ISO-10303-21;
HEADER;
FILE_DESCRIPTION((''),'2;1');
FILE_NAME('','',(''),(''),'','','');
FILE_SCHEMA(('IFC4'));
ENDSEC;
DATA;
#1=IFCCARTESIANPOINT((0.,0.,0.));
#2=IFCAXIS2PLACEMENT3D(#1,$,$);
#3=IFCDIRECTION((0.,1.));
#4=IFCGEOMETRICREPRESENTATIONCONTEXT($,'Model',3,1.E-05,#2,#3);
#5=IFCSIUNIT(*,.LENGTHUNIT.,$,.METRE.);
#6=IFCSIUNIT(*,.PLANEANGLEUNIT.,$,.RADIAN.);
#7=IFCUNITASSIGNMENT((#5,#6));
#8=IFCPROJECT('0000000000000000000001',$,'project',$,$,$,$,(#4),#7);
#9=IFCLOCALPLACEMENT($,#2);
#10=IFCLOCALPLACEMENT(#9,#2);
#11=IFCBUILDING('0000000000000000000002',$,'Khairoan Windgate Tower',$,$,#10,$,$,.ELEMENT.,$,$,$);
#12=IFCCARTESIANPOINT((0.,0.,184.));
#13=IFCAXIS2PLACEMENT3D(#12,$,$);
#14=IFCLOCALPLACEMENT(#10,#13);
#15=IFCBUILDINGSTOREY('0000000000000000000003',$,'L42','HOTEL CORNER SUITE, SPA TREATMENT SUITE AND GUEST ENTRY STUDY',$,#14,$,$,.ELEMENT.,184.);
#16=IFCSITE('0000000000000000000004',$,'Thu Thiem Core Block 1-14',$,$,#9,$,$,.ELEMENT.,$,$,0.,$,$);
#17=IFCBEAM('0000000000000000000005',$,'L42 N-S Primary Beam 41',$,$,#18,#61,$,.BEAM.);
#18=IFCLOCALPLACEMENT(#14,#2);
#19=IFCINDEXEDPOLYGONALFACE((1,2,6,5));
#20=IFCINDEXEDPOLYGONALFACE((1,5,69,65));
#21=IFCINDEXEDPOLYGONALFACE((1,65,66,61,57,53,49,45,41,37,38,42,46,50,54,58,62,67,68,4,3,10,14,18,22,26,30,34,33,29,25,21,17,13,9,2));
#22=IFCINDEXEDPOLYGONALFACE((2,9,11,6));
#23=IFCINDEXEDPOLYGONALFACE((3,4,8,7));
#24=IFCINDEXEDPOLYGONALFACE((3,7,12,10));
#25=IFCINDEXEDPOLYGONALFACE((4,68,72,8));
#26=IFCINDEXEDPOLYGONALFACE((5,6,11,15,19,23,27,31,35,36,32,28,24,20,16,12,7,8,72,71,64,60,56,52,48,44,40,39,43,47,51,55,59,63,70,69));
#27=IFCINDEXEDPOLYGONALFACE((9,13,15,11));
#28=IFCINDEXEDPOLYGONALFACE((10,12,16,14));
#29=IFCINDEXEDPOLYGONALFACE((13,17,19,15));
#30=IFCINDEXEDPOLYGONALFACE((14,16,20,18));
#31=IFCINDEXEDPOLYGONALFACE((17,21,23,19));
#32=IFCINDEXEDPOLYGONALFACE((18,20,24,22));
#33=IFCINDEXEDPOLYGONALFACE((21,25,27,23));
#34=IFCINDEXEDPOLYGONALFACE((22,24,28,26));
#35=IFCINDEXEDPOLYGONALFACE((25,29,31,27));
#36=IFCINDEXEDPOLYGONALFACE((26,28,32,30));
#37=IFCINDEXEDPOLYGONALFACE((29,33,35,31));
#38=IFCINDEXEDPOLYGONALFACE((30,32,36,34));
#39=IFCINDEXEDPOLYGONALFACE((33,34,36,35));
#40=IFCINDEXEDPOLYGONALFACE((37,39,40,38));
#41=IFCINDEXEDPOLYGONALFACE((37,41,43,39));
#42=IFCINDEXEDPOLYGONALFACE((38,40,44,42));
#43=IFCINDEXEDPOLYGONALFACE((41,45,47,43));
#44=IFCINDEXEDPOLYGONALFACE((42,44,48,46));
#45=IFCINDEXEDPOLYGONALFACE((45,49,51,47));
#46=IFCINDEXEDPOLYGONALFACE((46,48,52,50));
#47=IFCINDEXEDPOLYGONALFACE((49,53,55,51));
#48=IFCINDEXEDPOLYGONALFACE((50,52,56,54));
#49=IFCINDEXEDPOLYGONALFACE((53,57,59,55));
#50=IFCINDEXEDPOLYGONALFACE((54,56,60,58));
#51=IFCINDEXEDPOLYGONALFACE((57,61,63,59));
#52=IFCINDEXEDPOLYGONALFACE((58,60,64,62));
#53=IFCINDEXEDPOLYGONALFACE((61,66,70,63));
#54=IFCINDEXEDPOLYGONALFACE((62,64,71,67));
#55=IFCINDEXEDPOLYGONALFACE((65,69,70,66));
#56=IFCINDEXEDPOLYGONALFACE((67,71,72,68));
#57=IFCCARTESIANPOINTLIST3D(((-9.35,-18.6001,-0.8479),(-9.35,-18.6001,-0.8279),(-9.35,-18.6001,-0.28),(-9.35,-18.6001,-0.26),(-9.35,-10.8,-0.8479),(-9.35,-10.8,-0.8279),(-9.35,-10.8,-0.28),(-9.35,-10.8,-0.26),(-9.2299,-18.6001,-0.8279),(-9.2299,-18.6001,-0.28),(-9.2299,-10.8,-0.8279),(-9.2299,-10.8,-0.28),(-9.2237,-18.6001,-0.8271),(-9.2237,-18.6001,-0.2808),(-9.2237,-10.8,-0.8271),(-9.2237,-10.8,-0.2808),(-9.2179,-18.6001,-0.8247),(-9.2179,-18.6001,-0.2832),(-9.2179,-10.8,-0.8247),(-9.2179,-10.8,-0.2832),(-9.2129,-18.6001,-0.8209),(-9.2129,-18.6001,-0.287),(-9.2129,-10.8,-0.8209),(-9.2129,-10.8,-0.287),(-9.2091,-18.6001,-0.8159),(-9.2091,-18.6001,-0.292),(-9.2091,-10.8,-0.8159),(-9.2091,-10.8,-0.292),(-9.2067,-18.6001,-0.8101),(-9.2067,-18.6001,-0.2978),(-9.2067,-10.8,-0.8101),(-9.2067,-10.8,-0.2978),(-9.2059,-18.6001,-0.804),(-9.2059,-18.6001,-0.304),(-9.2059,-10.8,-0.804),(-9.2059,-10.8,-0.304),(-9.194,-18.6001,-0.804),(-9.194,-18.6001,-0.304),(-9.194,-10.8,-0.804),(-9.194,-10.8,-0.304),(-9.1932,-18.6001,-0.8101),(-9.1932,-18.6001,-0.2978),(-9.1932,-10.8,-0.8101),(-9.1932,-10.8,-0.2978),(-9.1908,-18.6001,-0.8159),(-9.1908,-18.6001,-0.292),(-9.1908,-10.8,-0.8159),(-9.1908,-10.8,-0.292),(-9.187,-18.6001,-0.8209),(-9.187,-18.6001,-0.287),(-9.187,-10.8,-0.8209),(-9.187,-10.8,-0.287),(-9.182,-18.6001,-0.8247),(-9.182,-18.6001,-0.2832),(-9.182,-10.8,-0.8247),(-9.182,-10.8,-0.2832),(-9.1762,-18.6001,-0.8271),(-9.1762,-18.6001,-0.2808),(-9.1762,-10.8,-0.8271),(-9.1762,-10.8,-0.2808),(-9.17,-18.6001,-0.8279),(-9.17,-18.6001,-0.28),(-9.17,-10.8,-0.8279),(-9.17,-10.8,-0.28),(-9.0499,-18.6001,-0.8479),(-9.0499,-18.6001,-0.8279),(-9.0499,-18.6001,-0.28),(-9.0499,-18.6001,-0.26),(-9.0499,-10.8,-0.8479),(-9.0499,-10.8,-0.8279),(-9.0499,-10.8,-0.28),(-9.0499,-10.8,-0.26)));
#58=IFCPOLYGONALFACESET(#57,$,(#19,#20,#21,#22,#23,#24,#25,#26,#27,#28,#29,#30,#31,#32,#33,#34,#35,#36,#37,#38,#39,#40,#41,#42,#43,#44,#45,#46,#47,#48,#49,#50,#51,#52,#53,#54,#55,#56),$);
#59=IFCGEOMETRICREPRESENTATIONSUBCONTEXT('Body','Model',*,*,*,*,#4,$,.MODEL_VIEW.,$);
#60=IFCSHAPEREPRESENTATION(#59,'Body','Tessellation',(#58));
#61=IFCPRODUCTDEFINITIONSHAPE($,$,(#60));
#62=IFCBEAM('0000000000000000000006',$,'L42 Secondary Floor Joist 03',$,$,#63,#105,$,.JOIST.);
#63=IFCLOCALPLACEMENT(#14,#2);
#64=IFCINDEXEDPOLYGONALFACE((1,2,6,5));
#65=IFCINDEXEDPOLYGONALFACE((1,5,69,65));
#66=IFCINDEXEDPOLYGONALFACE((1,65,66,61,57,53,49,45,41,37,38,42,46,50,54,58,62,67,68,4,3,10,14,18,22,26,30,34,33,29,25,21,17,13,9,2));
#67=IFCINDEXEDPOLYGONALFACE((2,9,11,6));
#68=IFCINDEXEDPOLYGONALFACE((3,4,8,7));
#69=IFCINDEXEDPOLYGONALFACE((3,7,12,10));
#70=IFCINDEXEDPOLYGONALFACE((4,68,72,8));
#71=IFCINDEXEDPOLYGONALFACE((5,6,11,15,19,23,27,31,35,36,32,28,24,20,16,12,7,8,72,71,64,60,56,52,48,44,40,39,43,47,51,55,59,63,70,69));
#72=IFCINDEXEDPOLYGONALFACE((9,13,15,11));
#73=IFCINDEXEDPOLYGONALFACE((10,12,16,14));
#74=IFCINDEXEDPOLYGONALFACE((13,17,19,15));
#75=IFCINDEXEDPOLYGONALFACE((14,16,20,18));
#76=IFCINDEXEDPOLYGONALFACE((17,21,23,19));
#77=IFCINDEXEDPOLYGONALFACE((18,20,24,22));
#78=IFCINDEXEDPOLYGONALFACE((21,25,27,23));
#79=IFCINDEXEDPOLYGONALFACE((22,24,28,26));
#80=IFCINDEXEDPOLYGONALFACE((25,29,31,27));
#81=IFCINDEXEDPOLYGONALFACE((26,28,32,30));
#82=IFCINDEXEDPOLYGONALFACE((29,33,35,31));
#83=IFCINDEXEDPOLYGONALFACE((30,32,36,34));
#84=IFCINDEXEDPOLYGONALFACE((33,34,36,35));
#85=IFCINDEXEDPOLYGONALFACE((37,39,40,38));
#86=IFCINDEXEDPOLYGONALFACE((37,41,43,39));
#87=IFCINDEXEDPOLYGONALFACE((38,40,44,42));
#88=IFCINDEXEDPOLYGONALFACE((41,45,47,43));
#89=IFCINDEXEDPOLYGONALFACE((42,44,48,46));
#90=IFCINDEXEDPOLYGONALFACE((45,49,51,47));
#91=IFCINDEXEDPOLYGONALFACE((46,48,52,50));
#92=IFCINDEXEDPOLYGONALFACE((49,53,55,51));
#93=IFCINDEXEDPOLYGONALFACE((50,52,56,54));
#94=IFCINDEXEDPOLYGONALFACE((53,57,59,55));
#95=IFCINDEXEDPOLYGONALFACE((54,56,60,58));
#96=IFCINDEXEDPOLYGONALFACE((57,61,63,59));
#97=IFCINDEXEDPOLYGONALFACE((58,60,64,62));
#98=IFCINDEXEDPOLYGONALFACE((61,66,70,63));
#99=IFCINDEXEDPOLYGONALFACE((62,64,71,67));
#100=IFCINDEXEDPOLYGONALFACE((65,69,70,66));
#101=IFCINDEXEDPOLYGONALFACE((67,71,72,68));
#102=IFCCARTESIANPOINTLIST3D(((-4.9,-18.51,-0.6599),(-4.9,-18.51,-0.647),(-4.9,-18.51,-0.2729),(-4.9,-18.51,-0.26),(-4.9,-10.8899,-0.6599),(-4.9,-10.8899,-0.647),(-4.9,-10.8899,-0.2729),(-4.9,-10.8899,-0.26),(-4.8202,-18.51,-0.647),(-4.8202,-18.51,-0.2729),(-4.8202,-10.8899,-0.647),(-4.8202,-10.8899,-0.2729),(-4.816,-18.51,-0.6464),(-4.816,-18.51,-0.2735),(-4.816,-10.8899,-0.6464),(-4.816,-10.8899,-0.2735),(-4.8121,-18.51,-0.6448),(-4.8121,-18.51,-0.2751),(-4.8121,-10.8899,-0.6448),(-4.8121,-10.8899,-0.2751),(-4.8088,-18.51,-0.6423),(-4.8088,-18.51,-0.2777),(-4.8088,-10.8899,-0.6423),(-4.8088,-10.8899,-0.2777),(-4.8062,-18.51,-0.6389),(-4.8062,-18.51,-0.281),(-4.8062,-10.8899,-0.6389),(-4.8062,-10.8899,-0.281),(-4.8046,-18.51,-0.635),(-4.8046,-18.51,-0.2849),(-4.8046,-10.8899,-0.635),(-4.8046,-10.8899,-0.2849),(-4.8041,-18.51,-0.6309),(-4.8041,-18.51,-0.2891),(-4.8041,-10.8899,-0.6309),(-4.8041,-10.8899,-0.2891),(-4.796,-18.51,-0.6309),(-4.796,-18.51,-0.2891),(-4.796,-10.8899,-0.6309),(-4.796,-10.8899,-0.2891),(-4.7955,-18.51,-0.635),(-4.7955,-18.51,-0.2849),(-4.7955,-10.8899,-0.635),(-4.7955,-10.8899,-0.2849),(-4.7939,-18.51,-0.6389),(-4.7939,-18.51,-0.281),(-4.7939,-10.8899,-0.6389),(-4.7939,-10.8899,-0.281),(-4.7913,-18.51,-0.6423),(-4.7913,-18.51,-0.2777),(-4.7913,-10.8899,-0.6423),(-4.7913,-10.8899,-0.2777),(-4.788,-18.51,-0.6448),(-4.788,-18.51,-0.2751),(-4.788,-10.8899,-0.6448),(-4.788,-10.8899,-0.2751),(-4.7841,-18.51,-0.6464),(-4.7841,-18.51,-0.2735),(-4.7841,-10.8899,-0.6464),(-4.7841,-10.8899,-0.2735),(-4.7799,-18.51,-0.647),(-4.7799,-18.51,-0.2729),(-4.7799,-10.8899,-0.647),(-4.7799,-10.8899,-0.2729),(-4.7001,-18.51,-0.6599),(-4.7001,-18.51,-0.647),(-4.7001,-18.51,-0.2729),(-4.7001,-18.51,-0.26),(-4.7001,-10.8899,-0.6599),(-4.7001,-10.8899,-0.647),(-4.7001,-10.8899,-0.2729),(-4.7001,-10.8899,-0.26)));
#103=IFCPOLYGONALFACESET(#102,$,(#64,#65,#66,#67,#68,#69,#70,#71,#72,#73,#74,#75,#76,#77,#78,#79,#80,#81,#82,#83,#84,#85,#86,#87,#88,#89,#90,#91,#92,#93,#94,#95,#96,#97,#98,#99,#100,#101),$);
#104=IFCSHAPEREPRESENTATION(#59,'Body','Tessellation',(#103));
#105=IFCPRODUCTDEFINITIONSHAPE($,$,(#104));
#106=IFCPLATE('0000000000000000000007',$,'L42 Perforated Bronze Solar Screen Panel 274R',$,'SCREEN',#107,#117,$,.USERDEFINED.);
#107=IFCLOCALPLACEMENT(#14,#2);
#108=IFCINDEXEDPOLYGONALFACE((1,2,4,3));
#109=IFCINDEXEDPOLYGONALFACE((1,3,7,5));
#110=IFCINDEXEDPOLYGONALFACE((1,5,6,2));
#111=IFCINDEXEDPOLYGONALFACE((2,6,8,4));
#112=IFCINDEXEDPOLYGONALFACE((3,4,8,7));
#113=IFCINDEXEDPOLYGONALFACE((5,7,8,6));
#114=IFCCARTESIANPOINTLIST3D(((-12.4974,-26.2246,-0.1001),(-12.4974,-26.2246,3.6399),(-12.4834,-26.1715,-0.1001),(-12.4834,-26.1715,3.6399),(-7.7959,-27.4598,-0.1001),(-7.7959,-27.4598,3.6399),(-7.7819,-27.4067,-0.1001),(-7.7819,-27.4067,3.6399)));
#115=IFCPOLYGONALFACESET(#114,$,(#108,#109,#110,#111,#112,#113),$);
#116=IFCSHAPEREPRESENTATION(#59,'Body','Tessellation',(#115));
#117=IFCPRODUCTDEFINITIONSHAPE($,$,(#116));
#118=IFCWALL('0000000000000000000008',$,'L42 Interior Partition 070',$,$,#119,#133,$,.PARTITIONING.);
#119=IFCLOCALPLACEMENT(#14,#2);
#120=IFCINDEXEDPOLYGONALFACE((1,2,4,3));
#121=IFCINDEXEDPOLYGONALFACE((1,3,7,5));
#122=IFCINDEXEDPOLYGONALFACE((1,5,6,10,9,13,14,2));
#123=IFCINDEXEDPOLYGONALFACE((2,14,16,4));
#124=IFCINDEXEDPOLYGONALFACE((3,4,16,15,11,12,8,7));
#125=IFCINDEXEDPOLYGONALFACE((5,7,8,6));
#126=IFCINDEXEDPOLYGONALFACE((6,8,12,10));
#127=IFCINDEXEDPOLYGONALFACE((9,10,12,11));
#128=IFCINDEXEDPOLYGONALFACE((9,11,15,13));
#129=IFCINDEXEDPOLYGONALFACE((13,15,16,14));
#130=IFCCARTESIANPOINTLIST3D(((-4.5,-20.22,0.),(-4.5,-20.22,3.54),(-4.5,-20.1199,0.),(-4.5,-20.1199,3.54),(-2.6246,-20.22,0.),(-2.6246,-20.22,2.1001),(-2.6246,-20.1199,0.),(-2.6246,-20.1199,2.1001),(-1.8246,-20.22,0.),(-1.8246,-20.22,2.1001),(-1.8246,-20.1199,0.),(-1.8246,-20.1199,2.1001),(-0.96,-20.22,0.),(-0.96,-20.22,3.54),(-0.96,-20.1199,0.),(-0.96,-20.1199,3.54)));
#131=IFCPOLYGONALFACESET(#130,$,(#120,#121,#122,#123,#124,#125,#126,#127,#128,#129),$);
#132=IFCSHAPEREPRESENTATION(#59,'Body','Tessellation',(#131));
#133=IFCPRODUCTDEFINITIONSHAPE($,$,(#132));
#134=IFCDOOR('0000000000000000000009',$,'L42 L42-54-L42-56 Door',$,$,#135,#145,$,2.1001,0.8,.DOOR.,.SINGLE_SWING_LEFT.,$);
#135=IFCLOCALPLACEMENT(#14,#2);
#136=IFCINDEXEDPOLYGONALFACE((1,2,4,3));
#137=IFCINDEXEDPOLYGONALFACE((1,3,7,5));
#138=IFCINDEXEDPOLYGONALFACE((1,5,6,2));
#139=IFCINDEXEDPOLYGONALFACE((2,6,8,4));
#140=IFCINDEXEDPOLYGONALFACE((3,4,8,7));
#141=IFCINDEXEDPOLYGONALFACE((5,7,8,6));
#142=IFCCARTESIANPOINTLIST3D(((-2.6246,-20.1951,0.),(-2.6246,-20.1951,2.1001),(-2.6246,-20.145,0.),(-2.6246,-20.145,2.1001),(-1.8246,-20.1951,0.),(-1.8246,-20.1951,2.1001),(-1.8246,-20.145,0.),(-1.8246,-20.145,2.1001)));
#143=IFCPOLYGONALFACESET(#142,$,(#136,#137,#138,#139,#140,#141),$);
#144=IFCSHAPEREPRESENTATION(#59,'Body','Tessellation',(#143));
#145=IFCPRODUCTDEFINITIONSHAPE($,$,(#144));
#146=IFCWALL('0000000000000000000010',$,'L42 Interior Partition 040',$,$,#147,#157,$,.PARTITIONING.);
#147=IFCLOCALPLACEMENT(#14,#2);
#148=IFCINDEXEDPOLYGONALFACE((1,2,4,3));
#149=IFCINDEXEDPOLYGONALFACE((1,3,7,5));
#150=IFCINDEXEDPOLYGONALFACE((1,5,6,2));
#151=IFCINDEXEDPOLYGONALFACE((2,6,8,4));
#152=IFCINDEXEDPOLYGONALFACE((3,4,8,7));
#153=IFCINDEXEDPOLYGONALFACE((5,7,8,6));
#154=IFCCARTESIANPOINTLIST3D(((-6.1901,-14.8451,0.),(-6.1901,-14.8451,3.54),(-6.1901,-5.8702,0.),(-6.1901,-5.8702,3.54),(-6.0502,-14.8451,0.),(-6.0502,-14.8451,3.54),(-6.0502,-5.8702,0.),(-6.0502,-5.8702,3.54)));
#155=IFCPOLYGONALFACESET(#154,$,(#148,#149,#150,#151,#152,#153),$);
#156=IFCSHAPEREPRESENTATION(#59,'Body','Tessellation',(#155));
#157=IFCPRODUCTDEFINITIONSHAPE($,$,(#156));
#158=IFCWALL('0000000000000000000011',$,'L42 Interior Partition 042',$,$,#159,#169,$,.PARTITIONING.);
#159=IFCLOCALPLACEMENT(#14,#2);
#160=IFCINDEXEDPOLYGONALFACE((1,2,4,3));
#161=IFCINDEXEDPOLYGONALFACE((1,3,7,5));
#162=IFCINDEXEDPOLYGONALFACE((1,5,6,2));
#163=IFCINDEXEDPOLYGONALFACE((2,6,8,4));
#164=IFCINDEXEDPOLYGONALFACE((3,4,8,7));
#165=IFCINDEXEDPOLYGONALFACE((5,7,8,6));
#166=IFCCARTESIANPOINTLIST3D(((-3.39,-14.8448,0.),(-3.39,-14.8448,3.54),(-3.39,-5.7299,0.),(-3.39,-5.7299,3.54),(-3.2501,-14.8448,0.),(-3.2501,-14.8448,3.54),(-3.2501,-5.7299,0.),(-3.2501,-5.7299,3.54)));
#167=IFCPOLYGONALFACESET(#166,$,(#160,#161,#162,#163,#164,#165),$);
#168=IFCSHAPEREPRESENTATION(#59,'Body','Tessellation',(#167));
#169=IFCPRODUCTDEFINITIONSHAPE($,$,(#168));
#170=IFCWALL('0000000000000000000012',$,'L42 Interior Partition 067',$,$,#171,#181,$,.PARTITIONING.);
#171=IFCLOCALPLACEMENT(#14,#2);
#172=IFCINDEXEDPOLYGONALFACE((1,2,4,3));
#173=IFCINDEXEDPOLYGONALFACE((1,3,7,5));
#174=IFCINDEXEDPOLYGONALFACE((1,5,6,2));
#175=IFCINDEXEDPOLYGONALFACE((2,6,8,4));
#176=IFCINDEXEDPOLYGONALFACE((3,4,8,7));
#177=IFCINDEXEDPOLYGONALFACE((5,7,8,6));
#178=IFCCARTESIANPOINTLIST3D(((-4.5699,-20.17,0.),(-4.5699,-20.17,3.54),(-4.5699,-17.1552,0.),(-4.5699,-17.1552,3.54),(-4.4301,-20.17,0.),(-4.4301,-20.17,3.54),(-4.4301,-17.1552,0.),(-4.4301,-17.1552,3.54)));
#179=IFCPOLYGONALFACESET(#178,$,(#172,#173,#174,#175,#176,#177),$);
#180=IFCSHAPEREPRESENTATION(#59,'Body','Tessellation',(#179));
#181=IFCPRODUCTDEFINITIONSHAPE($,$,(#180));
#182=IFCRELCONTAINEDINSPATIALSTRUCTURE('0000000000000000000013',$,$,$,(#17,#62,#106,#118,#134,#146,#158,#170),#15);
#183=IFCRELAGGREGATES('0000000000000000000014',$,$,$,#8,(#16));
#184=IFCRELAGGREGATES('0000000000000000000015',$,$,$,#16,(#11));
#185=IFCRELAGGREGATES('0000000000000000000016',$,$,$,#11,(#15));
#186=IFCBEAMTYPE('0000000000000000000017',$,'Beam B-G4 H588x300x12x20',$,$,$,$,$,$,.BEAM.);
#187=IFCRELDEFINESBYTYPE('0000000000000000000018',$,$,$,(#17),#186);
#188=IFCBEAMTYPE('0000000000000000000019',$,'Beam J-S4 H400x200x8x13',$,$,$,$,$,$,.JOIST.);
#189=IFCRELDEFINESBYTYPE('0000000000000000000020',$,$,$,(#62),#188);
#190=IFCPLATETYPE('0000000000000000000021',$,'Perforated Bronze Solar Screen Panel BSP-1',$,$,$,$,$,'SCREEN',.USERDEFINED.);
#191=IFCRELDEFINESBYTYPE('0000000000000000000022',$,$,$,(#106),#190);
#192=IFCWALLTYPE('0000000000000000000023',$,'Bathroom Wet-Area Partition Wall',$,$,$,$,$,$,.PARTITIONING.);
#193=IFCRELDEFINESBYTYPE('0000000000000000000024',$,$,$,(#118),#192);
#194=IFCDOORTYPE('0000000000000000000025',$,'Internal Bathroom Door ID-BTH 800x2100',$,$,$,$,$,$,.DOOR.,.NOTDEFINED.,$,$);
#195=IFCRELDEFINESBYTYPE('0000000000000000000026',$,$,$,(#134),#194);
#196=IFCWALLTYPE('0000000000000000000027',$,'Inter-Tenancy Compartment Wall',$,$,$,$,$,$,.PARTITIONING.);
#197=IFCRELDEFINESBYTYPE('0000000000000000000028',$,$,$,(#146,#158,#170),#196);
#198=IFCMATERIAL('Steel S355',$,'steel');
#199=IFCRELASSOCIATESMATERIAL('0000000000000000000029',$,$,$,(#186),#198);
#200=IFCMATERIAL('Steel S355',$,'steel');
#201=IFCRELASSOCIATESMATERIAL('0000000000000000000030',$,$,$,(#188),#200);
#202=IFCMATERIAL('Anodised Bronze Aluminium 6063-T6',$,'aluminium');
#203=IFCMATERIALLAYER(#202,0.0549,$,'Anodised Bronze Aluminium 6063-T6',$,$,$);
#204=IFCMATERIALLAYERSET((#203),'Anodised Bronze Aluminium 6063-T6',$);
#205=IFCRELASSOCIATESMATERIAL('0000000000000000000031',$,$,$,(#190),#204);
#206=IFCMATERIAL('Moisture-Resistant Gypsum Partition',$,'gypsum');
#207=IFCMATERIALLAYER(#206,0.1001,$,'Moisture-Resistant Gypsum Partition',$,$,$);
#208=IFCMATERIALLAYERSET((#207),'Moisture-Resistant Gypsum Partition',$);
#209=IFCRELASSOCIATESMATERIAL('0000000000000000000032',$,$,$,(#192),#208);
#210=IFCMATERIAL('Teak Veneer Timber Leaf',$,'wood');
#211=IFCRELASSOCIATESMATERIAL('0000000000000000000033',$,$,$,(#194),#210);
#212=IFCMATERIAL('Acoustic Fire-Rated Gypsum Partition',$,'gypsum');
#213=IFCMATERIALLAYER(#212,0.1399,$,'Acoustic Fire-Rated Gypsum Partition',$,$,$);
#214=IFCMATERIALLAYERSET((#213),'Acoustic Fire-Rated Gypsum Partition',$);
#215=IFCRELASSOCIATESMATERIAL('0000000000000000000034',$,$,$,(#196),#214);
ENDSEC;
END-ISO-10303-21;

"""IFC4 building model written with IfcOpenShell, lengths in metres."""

from ifc_helpers import new_model, si_unit, direction, frame, frame_2d, origin, origin_2d, place, context, subcontext, project, spatial, rectangle, i_section, extrude, material, layer, layer_set, material_profile, profile_set, type_object, element, fill, save


model = new_model("IFC4")

# Units and contexts
model_context = context("Model", 3, precision=1e-05, world=origin(), true_north=direction((0.0, 1.0)))
body_context = subcontext(model_context, "Body", "Model", "MODEL_VIEW")
ifc_project = project(units=[si_unit("LENGTHUNIT", "METRE"), si_unit("PLANEANGLEUNIT", "RADIAN")], contexts=[model_context])

# Site, building, storey
site_placement = place(None, origin())
site = spatial("IfcSite", under=ifc_project, at=site_placement, Name="Thu Thiem Core Block 1-14", CompositionType="ELEMENT", RefElevation=0.0)
building_placement = place(site_placement, origin())
building = spatial("IfcBuilding", under=site, at=building_placement, Name="Khairoan Windgate Tower", CompositionType="ELEMENT")
storey_placement = place(building_placement, frame((0.0, 0.0, 184.0)))
storey = spatial("IfcBuildingStorey", under=building, at=storey_placement, Name="L42", Description="HOTEL CORNER SUITE, SPA TREATMENT SUITE AND GUEST ENTRY STUDY", CompositionType="ELEMENT", Elevation=184.0)

# Beams
ifc_material_1 = material(Name="Steel S355", Category="steel")
ifc_material_profile_1 = material_profile(ifc_material_1, i_section(OverallWidth=0.3, OverallDepth=0.5879, WebThickness=0.012, FlangeThickness=0.02, FilletRadius=0.0239, at=origin_2d()))
ifc_profile_set_1 = profile_set([ifc_material_profile_1], Name="Steel S355")
beam_type_1 = type_object("IfcBeamType", Name="Beam B-G4 H588x300x12x20", PredefinedType="BEAM", material=ifc_profile_set_1)
beam_1_placement = place(storey_placement, frame((-9.2, -18.6001, -0.554), z_axis=(0.0, 1.0, 0.0), x_axis=(-1.0, 0.0, 0.0)))
element("IfcBeam", 1, at=beam_1_placement, inside=storey, type_object=beam_type_1, Name="L42 N-S Primary Beam 41", PredefinedType="BEAM", context=body_context, shape_type="SweptSolid", body=[
    extrude(i_section(OverallWidth=0.3, OverallDepth=0.5879, WebThickness=0.012, FlangeThickness=0.02, FilletRadius=0.0239, at=origin_2d()), origin(), (0.0, 0.0, 1.0), 7.8),
])
ifc_material_2 = material(Name="Steel S355", Category="steel")
ifc_material_profile_2 = material_profile(ifc_material_2, i_section(OverallWidth=0.2, OverallDepth=0.3999, WebThickness=0.0081, FlangeThickness=0.0129, FilletRadius=0.0161, at=origin_2d()))
ifc_profile_set_2 = profile_set([ifc_material_profile_2], Name="Steel S355")
beam_type_2 = type_object("IfcBeamType", Name="Beam J-S4 H400x200x8x13", PredefinedType="JOIST", material=ifc_profile_set_2)
beam_2_placement = place(storey_placement, frame((-4.8, -18.51, -0.46), z_axis=(0.0, 1.0, 0.0), x_axis=(-1.0, 0.0, 0.0)))
element("IfcBeam", 2, at=beam_2_placement, inside=storey, type_object=beam_type_2, Name="L42 Secondary Floor Joist 03", PredefinedType="JOIST", context=body_context, shape_type="SweptSolid", body=[
    extrude(i_section(OverallWidth=0.2, OverallDepth=0.3999, WebThickness=0.0081, FlangeThickness=0.0129, FilletRadius=0.0161, at=origin_2d()), origin(), (0.0, 0.0, 1.0), 7.6201),
])

# Plate
ifc_material_3 = material(Name="Anodised Bronze Aluminium 6063-T6", Category="aluminium")
ifc_layer_1 = layer(ifc_material_3, 0.0549, Name="Anodised Bronze Aluminium 6063-T6")
ifc_layer_set_1 = layer_set([ifc_layer_1], Name="Anodised Bronze Aluminium 6063-T6")
plate_type = type_object("IfcPlateType", Name="Perforated Bronze Solar Screen Panel BSP-1", ElementType="SCREEN", PredefinedType="USERDEFINED", material=ifc_layer_set_1)
plate_placement = place(storey_placement, frame((-10.1396, -26.8157, -0.1001), z_axis=(0.0, 0.0, 1.0), x_axis=(-0.967179, 0.254096, 0.0)))
element("IfcPlate", 3, at=plate_placement, inside=storey, type_object=plate_type, Name="L42 Perforated Bronze Solar Screen Panel 274R", ObjectType="SCREEN", PredefinedType="USERDEFINED", context=body_context, shape_type="SweptSolid", body=[
    extrude(rectangle(XDim=4.8611, YDim=0.0549, at=origin_2d()), origin(), (0.0, 0.0, 1.0), 3.74),
])

# Wall, opening, door
ifc_material_4 = material(Name="Moisture-Resistant Gypsum Partition", Category="gypsum")
ifc_layer_2 = layer(ifc_material_4, 0.1001, Name="Moisture-Resistant Gypsum Partition")
ifc_layer_set_2 = layer_set([ifc_layer_2], Name="Moisture-Resistant Gypsum Partition")
wall_type_1 = type_object("IfcWallType", Name="Bathroom Wet-Area Partition Wall", PredefinedType="PARTITIONING", material=ifc_layer_set_2)
wall_1_placement = place(storey_placement, frame((-4.5, -20.1699, 0.0), z_axis=(0.0, 0.0, 1.0), x_axis=(1.0, 0.0, 0.0)))
wall_1 = element("IfcWall", 4, at=wall_1_placement, inside=storey, type_object=wall_type_1, Name="L42 Interior Partition 070", PredefinedType="PARTITIONING", context=body_context, shape_type="SweptSolid", body=[
    extrude(rectangle(XDim=3.54, YDim=0.1001, at=frame_2d((1.77, 0.0))), origin(), (0.0, 0.0, 1.0), 3.54),
])
opening_1_placement = place(wall_1_placement, frame((1.8755, 0.0, 0.0)))
opening_1 = element("IfcOpeningElement", 5, at=opening_1_placement, cuts=wall_1, PredefinedType="OPENING", context=body_context, shape_type="SweptSolid", body=[
    extrude(rectangle(XDim=0.8, YDim=2.1001, at=frame_2d((0.3999, 1.05))), frame((0.0, 0.0601, 0.0), z_axis=(0.0, -1.0, 0.0), x_axis=(1.0, 0.0, 0.0)), (0.0, 0.0, 1.0), 0.1201),
])
ifc_material_5 = material(Name="Teak Veneer Timber Leaf", Category="wood")
door_type_1 = type_object("IfcDoorType", Name="Internal Bathroom Door ID-BTH 800x2100", OperationType="NOTDEFINED", PredefinedType="DOOR", material=ifc_material_5)
door_1_placement = place(opening_1_placement, origin())
door_1 = element("IfcDoor", 6, at=door_1_placement, inside=storey, type_object=door_type_1, Name="L42 L42-54-L42-56 Door", OperationType="SINGLE_SWING_LEFT", OverallHeight=2.1001, OverallWidth=0.8, PredefinedType="DOOR", context=body_context, shape_type="SweptSolid", body=[
    extrude(rectangle(XDim=0.8, YDim=2.1001, at=frame_2d((0.3999, 1.05))), frame((0.0, 0.0249, 0.0), z_axis=(0.0, -1.0, 0.0), x_axis=(1.0, 0.0, 0.0)), (0.0, 0.0, 1.0), 0.05),
])
fill(opening_1, door_1)

# Walls
ifc_material_6 = material(Name="Acoustic Fire-Rated Gypsum Partition", Category="gypsum")
ifc_layer_3 = layer(ifc_material_6, 0.1399, Name="Acoustic Fire-Rated Gypsum Partition")
ifc_layer_set_3 = layer_set([ifc_layer_3], Name="Acoustic Fire-Rated Gypsum Partition")
wall_type_2 = type_object("IfcWallType", Name="Inter-Tenancy Compartment Wall", PredefinedType="PARTITIONING", material=ifc_layer_set_3)
wall_2_placement = place(storey_placement, frame((-6.1201, -14.845, 0.0), z_axis=(0.0, 0.0, 1.0), x_axis=(0.0, 1.0, 0.0)))
element("IfcWall", 7, at=wall_2_placement, inside=storey, type_object=wall_type_2, Name="L42 Interior Partition 040", PredefinedType="PARTITIONING", context=body_context, shape_type="SweptSolid", body=[
    extrude(rectangle(XDim=8.9749, YDim=0.1399, at=frame_2d((4.4873, 0.0))), origin(), (0.0, 0.0, 1.0), 3.54),
])
wall_3_placement = place(storey_placement, frame((-3.3201, -14.845, 0.0), z_axis=(0.0, 0.0, 1.0), x_axis=(0.0, 1.0, 0.0)))
element("IfcWall", 8, at=wall_3_placement, inside=storey, type_object=wall_type_2, Name="L42 Interior Partition 042", PredefinedType="PARTITIONING", context=body_context, shape_type="SweptSolid", body=[
    extrude(rectangle(XDim=9.115, YDim=0.1399, at=frame_2d((4.5576, 0.0))), origin(), (0.0, 0.0, 1.0), 3.54),
])
wall_4_placement = place(storey_placement, frame((-4.5, -20.1699, 0.0), z_axis=(0.0, 0.0, 1.0), x_axis=(0.0, 1.0, 0.0)))
element("IfcWall", 9, at=wall_4_placement, inside=storey, type_object=wall_type_2, Name="L42 Interior Partition 067", PredefinedType="PARTITIONING", context=body_context, shape_type="SweptSolid", body=[
    extrude(rectangle(XDim=3.0149, YDim=0.1399, at=frame_2d((1.5073, 0.0))), origin(), (0.0, 0.0, 1.0), 3.54),
])

save(model, "model.ifc")
